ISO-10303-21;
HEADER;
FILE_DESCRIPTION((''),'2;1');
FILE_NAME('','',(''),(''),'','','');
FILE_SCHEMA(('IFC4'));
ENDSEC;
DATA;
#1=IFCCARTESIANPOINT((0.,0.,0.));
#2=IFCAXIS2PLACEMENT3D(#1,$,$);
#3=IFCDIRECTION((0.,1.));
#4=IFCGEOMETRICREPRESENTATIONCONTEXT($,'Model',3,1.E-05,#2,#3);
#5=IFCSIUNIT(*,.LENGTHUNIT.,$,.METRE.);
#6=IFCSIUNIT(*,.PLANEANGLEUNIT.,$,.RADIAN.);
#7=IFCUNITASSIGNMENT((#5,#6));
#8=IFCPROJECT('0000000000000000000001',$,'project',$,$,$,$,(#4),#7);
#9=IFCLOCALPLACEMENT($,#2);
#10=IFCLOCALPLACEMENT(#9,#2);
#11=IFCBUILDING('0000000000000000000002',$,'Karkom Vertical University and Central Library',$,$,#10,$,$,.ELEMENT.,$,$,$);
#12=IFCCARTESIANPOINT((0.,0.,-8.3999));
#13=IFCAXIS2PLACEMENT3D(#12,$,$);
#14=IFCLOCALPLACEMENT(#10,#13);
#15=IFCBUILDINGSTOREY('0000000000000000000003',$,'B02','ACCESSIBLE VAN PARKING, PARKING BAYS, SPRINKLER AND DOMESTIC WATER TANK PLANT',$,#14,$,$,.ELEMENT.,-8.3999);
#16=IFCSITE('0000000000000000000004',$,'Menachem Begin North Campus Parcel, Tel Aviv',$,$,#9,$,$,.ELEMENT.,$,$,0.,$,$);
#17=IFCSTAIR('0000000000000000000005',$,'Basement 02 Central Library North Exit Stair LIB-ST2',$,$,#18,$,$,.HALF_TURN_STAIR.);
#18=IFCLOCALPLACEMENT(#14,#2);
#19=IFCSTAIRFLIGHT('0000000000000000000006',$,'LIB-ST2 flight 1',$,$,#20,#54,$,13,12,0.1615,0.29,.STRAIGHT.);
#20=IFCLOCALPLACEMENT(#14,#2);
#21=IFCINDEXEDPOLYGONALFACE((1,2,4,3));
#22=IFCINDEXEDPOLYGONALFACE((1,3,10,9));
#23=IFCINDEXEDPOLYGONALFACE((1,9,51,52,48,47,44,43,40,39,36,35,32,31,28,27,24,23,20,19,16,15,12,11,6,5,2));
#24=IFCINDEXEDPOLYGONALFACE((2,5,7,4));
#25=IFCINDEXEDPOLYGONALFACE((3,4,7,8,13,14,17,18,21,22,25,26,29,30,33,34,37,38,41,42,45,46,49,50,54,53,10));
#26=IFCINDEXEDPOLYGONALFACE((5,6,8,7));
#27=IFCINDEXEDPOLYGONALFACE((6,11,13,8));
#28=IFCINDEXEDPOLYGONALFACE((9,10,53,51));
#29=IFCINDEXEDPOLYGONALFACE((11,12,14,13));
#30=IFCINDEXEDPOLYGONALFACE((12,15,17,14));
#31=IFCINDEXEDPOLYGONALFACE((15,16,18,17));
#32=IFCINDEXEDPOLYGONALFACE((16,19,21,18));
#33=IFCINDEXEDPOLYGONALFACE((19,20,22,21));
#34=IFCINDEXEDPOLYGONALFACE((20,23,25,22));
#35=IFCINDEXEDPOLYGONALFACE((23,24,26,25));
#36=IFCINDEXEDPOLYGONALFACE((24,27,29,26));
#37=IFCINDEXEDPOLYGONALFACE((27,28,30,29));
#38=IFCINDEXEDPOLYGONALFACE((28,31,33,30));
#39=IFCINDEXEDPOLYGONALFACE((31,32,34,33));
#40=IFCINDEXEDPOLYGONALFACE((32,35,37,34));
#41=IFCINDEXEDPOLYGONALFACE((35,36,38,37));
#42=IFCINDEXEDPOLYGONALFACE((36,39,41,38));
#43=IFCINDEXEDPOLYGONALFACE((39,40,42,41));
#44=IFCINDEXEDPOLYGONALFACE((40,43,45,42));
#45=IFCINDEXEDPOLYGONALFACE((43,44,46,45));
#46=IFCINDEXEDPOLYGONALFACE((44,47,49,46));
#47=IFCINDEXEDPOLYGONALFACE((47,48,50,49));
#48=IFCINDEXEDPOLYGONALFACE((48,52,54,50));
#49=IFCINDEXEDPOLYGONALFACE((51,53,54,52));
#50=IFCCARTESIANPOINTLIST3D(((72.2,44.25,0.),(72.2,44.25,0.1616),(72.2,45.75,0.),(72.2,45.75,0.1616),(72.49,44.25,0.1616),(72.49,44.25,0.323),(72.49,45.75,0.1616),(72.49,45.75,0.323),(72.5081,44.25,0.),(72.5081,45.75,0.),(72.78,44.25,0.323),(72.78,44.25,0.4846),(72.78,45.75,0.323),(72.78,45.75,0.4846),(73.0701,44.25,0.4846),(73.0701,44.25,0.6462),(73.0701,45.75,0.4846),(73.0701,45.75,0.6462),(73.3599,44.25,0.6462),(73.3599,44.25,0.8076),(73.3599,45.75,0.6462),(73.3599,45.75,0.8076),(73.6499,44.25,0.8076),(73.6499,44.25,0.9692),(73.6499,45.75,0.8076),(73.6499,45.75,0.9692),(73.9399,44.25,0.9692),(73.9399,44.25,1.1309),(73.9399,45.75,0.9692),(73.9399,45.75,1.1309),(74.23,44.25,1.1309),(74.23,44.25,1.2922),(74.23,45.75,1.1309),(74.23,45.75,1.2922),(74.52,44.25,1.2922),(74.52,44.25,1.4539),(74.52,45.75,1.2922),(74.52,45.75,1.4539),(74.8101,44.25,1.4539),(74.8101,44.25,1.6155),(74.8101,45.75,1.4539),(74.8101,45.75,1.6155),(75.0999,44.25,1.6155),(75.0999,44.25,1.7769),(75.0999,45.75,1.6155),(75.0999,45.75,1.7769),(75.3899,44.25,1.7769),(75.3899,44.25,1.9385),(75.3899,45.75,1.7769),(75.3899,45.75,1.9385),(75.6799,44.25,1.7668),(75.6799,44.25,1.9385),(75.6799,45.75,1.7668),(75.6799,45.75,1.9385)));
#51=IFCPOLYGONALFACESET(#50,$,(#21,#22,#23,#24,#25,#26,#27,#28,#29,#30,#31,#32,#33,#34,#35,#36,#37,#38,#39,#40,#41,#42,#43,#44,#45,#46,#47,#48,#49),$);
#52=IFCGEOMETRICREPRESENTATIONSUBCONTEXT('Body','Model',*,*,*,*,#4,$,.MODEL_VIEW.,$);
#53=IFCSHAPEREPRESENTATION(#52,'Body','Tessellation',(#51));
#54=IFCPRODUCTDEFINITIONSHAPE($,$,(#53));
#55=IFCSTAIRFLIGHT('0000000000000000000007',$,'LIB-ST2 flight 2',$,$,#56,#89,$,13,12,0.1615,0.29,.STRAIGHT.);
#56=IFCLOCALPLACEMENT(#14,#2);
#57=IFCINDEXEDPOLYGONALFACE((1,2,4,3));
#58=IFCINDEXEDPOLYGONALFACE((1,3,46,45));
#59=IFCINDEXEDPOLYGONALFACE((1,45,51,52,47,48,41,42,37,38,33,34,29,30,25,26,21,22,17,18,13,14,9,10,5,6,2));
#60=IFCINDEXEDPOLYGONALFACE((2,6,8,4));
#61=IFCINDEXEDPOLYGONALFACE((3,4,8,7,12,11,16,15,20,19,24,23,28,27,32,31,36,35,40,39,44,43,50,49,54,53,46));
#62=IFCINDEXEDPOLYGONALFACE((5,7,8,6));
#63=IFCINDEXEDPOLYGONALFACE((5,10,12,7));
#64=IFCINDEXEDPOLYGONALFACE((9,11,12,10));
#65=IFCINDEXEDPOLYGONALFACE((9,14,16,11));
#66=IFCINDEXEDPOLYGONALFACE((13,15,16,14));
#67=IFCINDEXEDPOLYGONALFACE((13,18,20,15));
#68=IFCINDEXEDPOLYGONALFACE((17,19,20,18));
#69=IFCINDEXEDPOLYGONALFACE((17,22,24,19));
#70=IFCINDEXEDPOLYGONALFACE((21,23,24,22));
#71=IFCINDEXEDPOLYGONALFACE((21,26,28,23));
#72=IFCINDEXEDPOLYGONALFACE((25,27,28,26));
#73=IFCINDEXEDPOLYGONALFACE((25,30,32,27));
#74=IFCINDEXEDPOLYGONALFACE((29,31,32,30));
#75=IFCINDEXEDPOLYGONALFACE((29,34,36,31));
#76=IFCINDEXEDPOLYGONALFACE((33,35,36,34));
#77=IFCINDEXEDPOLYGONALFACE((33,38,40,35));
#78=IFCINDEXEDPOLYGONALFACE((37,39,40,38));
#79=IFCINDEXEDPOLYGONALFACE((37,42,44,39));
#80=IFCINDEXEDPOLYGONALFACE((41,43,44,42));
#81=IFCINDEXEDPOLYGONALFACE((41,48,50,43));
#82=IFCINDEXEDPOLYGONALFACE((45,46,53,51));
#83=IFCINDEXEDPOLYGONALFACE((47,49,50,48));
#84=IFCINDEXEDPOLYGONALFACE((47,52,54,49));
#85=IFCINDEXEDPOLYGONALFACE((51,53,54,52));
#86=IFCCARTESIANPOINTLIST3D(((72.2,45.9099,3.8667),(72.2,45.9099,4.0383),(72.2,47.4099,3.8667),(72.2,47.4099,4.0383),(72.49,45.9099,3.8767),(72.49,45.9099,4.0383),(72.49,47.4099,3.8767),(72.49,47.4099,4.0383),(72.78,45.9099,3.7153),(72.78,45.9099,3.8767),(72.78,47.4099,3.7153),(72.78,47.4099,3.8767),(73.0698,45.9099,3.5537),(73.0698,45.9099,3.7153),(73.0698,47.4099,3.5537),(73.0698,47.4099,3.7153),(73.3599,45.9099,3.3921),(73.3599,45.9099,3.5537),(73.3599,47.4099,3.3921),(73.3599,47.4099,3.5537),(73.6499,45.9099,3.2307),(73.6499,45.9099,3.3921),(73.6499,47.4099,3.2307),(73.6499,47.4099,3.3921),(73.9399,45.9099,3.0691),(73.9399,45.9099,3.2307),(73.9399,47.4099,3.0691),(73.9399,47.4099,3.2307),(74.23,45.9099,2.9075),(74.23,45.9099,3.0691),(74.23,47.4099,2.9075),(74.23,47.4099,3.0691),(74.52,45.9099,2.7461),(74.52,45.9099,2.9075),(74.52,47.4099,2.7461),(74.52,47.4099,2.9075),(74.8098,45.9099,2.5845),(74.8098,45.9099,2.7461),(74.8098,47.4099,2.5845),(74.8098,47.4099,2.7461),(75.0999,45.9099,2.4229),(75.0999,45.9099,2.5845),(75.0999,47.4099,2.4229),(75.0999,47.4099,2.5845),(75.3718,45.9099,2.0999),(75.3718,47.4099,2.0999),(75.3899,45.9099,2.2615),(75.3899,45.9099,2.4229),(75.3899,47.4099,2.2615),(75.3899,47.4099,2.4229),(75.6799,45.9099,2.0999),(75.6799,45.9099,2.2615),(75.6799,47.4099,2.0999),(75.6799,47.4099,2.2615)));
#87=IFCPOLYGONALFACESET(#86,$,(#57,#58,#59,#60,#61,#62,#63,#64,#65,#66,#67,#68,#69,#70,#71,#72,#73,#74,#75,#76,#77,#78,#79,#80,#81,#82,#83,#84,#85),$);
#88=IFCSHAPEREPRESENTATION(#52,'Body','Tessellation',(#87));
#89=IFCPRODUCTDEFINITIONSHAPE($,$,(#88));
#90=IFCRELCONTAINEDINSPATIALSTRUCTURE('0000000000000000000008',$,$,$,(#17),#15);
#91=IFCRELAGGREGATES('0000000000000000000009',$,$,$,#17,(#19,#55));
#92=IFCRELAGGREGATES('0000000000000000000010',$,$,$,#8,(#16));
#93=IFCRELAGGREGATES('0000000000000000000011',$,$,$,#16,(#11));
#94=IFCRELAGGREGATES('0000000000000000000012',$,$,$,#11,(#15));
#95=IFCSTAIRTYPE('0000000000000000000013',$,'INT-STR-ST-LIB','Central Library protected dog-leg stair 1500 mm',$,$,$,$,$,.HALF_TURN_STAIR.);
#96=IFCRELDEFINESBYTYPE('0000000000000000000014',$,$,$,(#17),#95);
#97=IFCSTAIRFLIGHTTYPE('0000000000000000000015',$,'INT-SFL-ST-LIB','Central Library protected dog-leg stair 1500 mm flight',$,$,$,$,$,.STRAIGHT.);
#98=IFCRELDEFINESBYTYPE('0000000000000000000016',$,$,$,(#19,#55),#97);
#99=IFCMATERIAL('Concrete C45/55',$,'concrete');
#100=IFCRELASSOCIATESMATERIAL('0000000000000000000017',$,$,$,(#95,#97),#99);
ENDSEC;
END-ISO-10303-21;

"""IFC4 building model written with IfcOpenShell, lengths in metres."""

from ifc_helpers import new_model, si_unit, direction, frame, origin, place, context, subcontext, project, spatial, polyline, outline, extrude, material, type_object, element, aggregate, save


model = new_model("IFC4")

# Units and contexts
model_context = context("Model", 3, precision=1e-05, world=origin(), true_north=direction((0.0, 1.0)))
body_context = subcontext(model_context, "Body", "Model", "MODEL_VIEW")
ifc_project = project(units=[si_unit("LENGTHUNIT", "METRE"), si_unit("PLANEANGLEUNIT", "RADIAN")], contexts=[model_context])

# Site, building, storey
site_placement = place(None, origin())
site = spatial("IfcSite", under=ifc_project, at=site_placement, Name="Menachem Begin North Campus Parcel, Tel Aviv", CompositionType="ELEMENT", RefElevation=0.0)
building_placement = place(site_placement, origin())
building = spatial("IfcBuilding", under=site, at=building_placement, Name="Karkom Vertical University and Central Library", CompositionType="ELEMENT")
storey_placement = place(building_placement, frame((0.0, 0.0, -8.3999)))
storey = spatial("IfcBuildingStorey", under=building, at=storey_placement, Name="B02", Description="ACCESSIBLE VAN PARKING, PARKING BAYS, SPRINKLER AND DOMESTIC WATER TANK PLANT", CompositionType="ELEMENT", Elevation=-8.3999)

# Shared definitions
ifc_material_1 = material(Name="Concrete C45/55", Category="concrete")

# Stair, stair flights
stair_type = type_object("IfcStairType", Name="INT-STR-ST-LIB", Description="Central Library protected dog-leg stair 1500 mm", PredefinedType="HALF_TURN_STAIR", material=ifc_material_1)
stair_placement = place(storey_placement, origin())
stair = element("IfcStair", 1, at=stair_placement, inside=storey, type_object=stair_type, Name="Basement 02 Central Library North Exit Stair LIB-ST2", PredefinedType="HALF_TURN_STAIR")
stair_flight_type = type_object("IfcStairFlightType", Name="INT-SFL-ST-LIB", Description="Central Library protected dog-leg stair 1500 mm flight", PredefinedType="STRAIGHT", material=ifc_material_1)
stair_flight_1_placement = place(storey_placement, frame((72.2, 45.0, 0.0), z_axis=(0.0, 0.0, 1.0), x_axis=(1.0, 0.0, 0.0)))
stair_flight_1 = element("IfcStairFlight", 2, at=stair_flight_1_placement, type_object=stair_flight_type, Name="LIB-ST2 flight 1", NumberOfRisers=13, NumberOfTreads=12, PredefinedType="STRAIGHT", RiserHeight=0.1615, TreadLength=0.29, context=body_context, shape_type="SweptSolid", body=[
    extrude(outline(polyline([(0.0, 0.0), (0.0, 0.1616), (0.29, 0.1616), (0.29, 0.323), (0.5801, 0.323), (0.5801, 0.4846), (0.8701, 0.4846), (0.8701, 0.6462), (1.1599, 0.6462), (1.1599, 0.8076), (1.45, 0.8076), (1.45, 0.9692), (1.74, 0.9692), (1.74, 1.1309), (2.03, 1.1309), (2.03, 1.2922), (2.3201, 1.2922), (2.3201, 1.4539), (2.6101, 1.4539), (2.6101, 1.6155), (2.8999, 1.6155), (2.8999, 1.7769), (3.1899, 1.7769), (3.1899, 1.9385), (3.48, 1.9385), (3.48, 2.1001), (3.48, 1.7668), (0.3081, 0.0), (0.0, 0.0)])), frame((0.0, 0.75, 0.0), z_axis=(0.0, -1.0, 0.0), x_axis=(1.0, 0.0, 0.0)), (0.0, 0.0, 1.0), 1.5),
])
stair_flight_2_placement = place(storey_placement, frame((75.6799, 46.6599, 2.0999), z_axis=(0.0, 0.0, 1.0), x_axis=(-1.0, 0.0, 0.0)))
stair_flight_2 = element("IfcStairFlight", 3, at=stair_flight_2_placement, type_object=stair_flight_type, Name="LIB-ST2 flight 2", NumberOfRisers=13, NumberOfTreads=12, PredefinedType="STRAIGHT", RiserHeight=0.1615, TreadLength=0.29, context=body_context, shape_type="SweptSolid", body=[
    extrude(outline(polyline([(0.0, 0.0), (0.0, 0.1616), (0.29, 0.1616), (0.29, 0.323), (0.5801, 0.323), (0.5801, 0.4846), (0.8701, 0.4846), (0.8701, 0.6462), (1.1599, 0.6462), (1.1599, 0.8076), (1.45, 0.8076), (1.45, 0.9692), (1.74, 0.9692), (1.74, 1.1309), (2.03, 1.1309), (2.03, 1.2922), (2.3201, 1.2922), (2.3201, 1.4539), (2.6101, 1.4539), (2.6101, 1.6155), (2.8999, 1.6155), (2.8999, 1.7769), (3.1899, 1.7769), (3.1899, 1.9385), (3.48, 1.9385), (3.48, 2.1001), (3.48, 1.7668), (0.3081, 0.0), (0.0, 0.0)])), frame((0.0, 0.75, 0.0), z_axis=(0.0, -1.0, 0.0), x_axis=(1.0, 0.0, 0.0)), (0.0, 0.0, 1.0), 1.5),
])
aggregate(stair, [stair_flight_1, stair_flight_2])

save(model, "model.ifc")
